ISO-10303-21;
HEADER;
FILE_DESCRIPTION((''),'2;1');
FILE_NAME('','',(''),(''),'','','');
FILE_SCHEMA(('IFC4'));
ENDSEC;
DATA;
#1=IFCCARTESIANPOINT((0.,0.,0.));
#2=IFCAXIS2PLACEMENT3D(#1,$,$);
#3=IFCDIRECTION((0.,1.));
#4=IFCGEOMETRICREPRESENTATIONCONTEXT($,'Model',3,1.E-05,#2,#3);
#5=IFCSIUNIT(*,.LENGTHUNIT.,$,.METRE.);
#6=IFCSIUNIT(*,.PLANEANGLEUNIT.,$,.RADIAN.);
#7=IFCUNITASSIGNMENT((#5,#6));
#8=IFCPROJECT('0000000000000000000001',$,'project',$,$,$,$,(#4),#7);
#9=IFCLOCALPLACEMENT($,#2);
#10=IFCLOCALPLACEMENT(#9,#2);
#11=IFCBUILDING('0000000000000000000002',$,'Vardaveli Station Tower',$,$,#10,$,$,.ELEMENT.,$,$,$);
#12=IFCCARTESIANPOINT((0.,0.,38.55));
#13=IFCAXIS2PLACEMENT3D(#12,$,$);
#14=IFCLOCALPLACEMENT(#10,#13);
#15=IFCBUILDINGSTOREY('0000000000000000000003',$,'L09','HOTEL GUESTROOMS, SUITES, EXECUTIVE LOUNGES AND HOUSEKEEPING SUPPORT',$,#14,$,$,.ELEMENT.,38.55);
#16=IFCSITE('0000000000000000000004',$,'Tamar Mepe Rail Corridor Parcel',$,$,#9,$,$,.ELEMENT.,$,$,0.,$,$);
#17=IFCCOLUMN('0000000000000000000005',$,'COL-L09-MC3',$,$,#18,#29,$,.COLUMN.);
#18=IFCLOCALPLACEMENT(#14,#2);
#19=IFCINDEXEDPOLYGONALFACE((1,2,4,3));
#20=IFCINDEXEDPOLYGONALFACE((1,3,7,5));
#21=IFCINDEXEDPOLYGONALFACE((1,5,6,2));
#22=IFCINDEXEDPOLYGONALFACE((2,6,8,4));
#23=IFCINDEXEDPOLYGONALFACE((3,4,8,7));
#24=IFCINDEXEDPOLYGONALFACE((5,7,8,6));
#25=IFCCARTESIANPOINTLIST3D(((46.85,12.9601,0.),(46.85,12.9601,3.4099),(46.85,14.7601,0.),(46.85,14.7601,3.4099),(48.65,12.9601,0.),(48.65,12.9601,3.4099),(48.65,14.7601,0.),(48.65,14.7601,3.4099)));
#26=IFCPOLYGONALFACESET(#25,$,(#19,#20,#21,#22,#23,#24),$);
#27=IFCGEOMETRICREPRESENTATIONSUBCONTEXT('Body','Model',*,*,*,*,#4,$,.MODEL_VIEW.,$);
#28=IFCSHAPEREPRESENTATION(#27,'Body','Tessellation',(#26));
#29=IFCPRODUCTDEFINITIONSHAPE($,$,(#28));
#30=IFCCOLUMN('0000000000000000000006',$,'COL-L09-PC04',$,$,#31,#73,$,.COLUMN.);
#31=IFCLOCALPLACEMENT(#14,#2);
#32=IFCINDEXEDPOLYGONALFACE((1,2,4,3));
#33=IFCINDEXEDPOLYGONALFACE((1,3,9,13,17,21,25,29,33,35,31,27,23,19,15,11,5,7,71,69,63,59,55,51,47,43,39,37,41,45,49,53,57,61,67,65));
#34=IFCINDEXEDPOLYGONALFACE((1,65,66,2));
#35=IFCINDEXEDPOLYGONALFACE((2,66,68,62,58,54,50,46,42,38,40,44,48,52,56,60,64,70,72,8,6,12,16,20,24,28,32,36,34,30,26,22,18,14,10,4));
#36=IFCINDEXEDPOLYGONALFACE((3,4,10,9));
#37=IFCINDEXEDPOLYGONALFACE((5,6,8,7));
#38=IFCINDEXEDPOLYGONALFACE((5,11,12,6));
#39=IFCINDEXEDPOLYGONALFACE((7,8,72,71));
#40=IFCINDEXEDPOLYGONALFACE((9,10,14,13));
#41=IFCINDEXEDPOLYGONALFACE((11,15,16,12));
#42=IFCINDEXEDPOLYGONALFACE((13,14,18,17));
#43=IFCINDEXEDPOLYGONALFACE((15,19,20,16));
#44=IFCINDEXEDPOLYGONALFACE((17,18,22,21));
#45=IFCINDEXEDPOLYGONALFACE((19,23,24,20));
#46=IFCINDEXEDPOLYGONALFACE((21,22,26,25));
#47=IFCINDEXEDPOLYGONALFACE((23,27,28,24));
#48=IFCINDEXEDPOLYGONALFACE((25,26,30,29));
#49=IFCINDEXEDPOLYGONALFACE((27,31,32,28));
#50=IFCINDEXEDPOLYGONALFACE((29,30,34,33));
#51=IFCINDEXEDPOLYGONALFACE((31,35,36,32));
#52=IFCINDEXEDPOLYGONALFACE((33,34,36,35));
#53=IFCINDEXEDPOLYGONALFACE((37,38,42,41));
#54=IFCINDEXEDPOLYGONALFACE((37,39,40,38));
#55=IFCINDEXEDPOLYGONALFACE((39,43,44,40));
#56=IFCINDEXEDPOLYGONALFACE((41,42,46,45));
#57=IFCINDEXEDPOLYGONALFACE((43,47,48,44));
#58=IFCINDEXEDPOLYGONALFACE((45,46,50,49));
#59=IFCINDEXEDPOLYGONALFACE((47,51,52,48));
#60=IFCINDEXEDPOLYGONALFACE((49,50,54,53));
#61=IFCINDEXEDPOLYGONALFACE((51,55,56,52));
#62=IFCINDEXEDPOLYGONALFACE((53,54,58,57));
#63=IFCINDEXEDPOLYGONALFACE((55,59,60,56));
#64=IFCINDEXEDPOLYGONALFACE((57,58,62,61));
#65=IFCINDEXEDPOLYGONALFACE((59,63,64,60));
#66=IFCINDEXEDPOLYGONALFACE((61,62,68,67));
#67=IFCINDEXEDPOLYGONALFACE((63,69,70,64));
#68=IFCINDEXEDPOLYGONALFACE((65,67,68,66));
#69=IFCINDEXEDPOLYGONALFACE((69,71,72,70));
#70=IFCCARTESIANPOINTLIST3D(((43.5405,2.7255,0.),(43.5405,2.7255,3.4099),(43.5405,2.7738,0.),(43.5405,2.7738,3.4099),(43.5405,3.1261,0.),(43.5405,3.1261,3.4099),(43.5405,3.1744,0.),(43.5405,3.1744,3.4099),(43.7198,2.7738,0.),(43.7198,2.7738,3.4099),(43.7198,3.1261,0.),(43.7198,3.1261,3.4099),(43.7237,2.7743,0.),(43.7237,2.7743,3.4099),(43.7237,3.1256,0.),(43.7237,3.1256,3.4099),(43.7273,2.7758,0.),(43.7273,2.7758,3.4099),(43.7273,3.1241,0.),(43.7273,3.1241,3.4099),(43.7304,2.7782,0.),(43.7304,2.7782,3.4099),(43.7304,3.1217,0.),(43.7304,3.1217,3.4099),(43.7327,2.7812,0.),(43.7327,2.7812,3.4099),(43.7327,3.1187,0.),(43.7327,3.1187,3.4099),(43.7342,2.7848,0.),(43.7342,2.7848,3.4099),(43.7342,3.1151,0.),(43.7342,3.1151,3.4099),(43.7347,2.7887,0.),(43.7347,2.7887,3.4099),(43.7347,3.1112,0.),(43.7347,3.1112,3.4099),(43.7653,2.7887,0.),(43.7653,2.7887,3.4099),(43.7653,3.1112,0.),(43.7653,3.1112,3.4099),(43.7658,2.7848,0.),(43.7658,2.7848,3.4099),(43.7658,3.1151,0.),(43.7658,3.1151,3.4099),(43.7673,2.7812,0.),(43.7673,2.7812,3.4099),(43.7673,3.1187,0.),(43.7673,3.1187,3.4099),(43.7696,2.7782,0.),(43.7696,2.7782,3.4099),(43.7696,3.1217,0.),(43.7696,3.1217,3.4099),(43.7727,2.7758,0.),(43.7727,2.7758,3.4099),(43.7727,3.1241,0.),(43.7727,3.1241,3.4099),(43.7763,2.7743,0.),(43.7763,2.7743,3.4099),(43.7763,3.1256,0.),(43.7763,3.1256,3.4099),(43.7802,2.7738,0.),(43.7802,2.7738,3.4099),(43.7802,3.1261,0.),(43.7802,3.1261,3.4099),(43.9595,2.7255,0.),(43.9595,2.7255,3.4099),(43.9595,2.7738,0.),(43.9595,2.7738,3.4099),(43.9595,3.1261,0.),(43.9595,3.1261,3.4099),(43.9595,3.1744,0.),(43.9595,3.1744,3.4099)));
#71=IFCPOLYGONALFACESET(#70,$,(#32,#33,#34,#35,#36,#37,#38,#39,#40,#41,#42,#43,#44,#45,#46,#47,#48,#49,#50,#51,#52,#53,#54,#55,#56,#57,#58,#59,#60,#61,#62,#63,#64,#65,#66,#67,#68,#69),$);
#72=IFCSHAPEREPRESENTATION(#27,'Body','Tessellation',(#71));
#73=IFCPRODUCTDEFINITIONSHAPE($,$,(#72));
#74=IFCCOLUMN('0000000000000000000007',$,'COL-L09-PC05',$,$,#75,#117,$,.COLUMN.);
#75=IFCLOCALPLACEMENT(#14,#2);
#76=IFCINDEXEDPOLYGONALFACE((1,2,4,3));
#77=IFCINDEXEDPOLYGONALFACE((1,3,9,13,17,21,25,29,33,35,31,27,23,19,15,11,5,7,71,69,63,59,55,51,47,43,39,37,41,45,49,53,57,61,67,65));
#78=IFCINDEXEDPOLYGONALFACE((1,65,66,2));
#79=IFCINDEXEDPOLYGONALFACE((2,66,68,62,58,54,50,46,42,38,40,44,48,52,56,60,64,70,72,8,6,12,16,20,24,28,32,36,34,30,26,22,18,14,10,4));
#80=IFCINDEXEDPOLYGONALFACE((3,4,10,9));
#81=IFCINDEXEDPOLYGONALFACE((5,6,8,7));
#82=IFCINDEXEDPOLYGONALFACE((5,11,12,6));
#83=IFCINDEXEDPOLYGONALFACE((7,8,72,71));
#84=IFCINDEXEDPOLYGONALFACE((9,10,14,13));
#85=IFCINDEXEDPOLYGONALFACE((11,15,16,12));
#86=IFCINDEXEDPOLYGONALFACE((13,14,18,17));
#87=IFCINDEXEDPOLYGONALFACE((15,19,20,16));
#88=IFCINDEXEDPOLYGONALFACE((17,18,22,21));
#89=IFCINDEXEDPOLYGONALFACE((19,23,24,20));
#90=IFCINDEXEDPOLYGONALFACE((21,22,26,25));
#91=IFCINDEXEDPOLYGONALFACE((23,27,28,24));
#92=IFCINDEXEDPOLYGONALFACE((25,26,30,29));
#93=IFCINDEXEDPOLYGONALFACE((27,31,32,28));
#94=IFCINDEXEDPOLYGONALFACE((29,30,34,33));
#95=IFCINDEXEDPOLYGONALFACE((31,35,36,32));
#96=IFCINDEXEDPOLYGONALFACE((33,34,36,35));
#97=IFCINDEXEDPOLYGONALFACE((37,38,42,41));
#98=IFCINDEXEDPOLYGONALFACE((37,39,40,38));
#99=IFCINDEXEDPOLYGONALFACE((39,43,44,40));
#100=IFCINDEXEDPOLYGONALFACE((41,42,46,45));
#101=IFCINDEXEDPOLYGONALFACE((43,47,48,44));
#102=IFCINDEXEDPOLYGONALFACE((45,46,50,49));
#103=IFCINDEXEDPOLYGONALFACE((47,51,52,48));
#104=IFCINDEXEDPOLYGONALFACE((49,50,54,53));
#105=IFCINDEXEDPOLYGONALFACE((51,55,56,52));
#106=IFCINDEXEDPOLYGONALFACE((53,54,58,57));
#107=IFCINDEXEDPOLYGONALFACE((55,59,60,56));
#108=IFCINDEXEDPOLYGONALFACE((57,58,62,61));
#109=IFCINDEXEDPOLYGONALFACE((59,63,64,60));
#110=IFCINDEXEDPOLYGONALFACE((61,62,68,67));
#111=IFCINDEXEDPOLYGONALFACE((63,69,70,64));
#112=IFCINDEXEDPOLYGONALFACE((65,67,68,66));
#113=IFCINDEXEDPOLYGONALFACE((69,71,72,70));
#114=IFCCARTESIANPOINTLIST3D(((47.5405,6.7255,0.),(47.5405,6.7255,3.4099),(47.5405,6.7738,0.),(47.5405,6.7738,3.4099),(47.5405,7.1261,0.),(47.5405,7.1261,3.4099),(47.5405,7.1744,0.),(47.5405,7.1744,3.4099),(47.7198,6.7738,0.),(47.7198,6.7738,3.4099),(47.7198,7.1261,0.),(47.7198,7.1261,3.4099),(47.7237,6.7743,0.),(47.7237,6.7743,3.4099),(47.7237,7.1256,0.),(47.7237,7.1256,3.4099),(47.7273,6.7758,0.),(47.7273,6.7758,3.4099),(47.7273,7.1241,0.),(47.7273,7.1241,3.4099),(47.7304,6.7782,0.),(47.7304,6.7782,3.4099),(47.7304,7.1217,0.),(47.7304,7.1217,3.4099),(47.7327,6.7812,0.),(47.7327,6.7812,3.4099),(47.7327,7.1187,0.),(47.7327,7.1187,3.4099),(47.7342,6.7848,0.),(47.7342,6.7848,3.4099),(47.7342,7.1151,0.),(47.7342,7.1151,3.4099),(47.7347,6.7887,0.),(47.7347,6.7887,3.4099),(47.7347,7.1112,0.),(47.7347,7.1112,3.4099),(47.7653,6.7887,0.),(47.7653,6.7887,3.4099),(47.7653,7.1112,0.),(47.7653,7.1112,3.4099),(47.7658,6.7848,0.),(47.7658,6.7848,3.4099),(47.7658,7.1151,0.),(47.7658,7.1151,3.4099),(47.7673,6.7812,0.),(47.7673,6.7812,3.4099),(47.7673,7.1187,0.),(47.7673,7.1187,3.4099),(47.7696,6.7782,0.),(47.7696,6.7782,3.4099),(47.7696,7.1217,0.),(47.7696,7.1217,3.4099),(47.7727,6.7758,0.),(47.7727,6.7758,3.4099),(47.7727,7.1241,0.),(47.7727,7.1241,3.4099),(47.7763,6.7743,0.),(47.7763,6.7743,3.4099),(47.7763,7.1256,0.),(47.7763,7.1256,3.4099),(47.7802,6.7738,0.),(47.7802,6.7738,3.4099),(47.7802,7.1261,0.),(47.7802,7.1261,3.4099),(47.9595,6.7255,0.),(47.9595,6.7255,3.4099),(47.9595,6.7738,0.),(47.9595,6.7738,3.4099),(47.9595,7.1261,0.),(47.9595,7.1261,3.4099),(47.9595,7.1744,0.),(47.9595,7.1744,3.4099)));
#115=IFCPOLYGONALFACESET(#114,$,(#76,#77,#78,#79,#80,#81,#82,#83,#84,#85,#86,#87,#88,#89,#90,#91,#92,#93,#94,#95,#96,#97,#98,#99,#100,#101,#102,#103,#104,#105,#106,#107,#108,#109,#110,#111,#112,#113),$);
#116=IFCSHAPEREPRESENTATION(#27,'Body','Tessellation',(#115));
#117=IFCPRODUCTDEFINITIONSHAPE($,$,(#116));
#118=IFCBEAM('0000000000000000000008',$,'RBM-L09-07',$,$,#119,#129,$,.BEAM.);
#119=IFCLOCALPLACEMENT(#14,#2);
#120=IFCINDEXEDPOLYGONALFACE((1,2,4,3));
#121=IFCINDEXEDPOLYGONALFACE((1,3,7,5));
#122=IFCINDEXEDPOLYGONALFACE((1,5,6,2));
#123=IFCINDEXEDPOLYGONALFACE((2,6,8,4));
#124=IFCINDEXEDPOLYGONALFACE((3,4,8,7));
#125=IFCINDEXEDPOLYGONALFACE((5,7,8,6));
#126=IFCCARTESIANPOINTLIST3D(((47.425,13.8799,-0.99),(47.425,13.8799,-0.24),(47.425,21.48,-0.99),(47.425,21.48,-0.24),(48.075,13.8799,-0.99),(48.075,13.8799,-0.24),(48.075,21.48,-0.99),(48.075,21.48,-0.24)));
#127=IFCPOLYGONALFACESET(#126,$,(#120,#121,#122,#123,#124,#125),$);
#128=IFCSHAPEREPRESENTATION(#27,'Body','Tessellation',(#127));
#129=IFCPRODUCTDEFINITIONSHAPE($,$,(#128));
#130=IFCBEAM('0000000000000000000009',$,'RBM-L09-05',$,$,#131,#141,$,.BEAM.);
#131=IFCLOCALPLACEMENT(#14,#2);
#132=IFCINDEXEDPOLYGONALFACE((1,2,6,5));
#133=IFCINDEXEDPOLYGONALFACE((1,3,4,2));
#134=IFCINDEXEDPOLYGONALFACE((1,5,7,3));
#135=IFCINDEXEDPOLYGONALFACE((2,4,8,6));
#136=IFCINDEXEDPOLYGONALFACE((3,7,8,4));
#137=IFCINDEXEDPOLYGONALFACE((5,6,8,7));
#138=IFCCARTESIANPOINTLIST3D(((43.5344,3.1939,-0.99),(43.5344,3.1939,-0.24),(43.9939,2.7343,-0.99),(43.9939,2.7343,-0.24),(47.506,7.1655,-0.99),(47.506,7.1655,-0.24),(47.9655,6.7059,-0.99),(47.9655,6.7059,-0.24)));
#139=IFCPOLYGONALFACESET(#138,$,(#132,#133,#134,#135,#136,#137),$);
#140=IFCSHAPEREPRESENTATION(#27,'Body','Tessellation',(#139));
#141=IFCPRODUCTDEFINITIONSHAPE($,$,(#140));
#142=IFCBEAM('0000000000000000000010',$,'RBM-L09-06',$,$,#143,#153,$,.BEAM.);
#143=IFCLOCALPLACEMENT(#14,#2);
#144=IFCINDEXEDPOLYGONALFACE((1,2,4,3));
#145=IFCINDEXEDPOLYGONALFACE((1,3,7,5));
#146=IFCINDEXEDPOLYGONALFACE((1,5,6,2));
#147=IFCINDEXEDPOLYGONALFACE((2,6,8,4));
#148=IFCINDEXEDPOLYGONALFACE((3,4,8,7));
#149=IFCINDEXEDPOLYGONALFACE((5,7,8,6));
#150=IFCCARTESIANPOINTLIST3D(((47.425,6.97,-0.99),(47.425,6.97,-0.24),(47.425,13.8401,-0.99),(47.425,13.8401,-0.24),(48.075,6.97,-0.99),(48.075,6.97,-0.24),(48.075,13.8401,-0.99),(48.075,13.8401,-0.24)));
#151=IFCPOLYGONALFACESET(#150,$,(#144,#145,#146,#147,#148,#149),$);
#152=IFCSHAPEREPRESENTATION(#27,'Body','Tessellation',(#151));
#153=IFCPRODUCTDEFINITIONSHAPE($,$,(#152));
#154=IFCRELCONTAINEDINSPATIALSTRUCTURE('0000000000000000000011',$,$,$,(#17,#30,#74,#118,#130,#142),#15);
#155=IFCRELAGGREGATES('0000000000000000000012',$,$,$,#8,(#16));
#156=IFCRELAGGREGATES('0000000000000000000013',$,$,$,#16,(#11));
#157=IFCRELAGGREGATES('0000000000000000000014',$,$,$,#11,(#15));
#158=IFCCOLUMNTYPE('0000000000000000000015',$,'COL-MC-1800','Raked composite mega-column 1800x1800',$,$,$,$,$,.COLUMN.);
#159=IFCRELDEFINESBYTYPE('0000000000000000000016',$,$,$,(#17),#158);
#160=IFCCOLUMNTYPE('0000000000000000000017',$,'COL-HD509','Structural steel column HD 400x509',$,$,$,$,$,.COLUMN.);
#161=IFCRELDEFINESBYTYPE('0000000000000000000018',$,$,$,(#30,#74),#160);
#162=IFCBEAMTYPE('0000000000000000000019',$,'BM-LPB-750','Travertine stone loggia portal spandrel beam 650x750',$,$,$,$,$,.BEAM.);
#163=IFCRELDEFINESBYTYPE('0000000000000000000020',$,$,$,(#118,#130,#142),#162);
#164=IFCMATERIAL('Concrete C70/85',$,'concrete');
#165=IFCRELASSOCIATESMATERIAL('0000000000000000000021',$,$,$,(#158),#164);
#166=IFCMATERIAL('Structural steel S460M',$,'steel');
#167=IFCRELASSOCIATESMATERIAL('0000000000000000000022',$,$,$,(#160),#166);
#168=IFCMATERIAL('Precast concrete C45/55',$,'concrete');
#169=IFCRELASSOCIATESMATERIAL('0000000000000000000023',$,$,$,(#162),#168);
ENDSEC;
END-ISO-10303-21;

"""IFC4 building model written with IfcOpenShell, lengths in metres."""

from ifc_helpers import new_model, si_unit, direction, frame, origin, origin_2d, place, context, subcontext, project, spatial, rectangle, i_section, extrude, source, transform, mapped, material, material_profile, profile_set, type_object, element, save


model = new_model("IFC4")

# Units and contexts
model_context = context("Model", 3, precision=1e-05, world=origin(), true_north=direction((0.0, 1.0)))
body_context = subcontext(model_context, "Body", "Model", "MODEL_VIEW")
ifc_project = project(units=[si_unit("LENGTHUNIT", "METRE"), si_unit("PLANEANGLEUNIT", "RADIAN")], contexts=[model_context])

# Site, building, storey
site_placement = place(None, origin())
site = spatial("IfcSite", under=ifc_project, at=site_placement, Name="Tamar Mepe Rail Corridor Parcel", CompositionType="ELEMENT", RefElevation=0.0)
building_placement = place(site_placement, origin())
building = spatial("IfcBuilding", under=site, at=building_placement, Name="Vardaveli Station Tower", CompositionType="ELEMENT")
storey_placement = place(building_placement, frame((0.0, 0.0, 38.55)))
storey = spatial("IfcBuildingStorey", under=building, at=storey_placement, Name="L09", Description="HOTEL GUESTROOMS, SUITES, EXECUTIVE LOUNGES AND HOUSEKEEPING SUPPORT", CompositionType="ELEMENT", Elevation=38.55)

# Columns
ifc_material_1 = material(Name="Concrete C70/85", Category="concrete")
ifc_material_profile_1 = material_profile(ifc_material_1, rectangle(XDim=1.8, YDim=1.8, at=origin_2d()), Name="MC 1800x1800")
ifc_profile_set_1 = profile_set([ifc_material_profile_1], Name="Concrete C70/85")
column_type_1 = type_object("IfcColumnType", Name="COL-MC-1800", Description="Raked composite mega-column 1800x1800", PredefinedType="COLUMN", material=ifc_profile_set_1)
shared_shape_1 = source(origin(), body_context, "Body", "SweptSolid", [
    extrude(rectangle(XDim=1.8, YDim=1.8, at=origin_2d()), origin(), (0.0, 0.0, 1.0), 3.4099),
])
column_placement = place(storey_placement, frame((47.75, 13.8601, 0.0), z_axis=(0.0, 0.0, 1.0), x_axis=(1.0, 0.0, 0.0)))
element("IfcColumn", 1, at=column_placement, inside=storey, type_object=column_type_1, Name="COL-L09-MC3", PredefinedType="COLUMN", context=body_context, shape_type="MappedRepresentation", body=[
    mapped(shared_shape_1, transform((0.0, 0.0, 0.0), scale=1.0)),
])
ifc_material_2 = material(Name="Structural steel S460M", Category="steel")
ifc_material_profile_2 = material_profile(ifc_material_2, i_section(OverallWidth=0.4189, OverallDepth=0.449, WebThickness=0.0305, FlangeThickness=0.0483, FilletRadius=0.0149, at=origin_2d()), Name="HD 400x509")
ifc_profile_set_2 = profile_set([ifc_material_profile_2], Name="Structural steel S460M")
column_type_2 = type_object("IfcColumnType", Name="COL-HD509", Description="Structural steel column HD 400x509", PredefinedType="COLUMN", material=ifc_profile_set_2)
shared_shape_2 = source(origin(), body_context, "Body", "SweptSolid", [
    extrude(i_section(OverallWidth=0.4189, OverallDepth=0.449, WebThickness=0.0305, FlangeThickness=0.0483, FilletRadius=0.0149, at=origin_2d()), origin(), (0.0, 0.0, 1.0), 3.4099),
])
for number, where, z_axis, x_axis, name in (
    (2, (43.75, 2.95, 0.0), (0.0, 0.0, 1.0), (1.0, 0.0, 0.0), "COL-L09-PC04"),
    (3, (47.75, 6.95, 0.0), (0.0, 0.0, 1.0), (1.0, 0.0, 0.0), "COL-L09-PC05"),
):
    element("IfcColumn", number, at=place(storey_placement, frame(where, z_axis=z_axis, x_axis=x_axis)), inside=storey, type_object=column_type_2, Name=name, PredefinedType="COLUMN", context=body_context, shape_type="MappedRepresentation", body=[
        mapped(shared_shape_2, transform((0.0, 0.0, 0.0), scale=1.0)),
    ])

# Beams
ifc_material_3 = material(Name="Precast concrete C45/55", Category="concrete")
ifc_material_profile_3 = material_profile(ifc_material_3, rectangle(XDim=0.6499, YDim=0.75, at=origin_2d()), Name="LPB 650x750")
ifc_profile_set_3 = profile_set([ifc_material_profile_3], Name="Precast concrete C45/55")
beam_type_1 = type_object("IfcBeamType", Name="BM-LPB-750", Description="Travertine stone loggia portal spandrel beam 650x750", PredefinedType="BEAM", material=ifc_profile_set_3)
shared_shape_3 = source(origin(), body_context, "Body", "SweptSolid", [
    extrude(rectangle(XDim=0.6499, YDim=0.75, at=origin_2d()), origin(), (0.0, 0.0, 1.0), 7.6001),
])
beam_1_placement = place(storey_placement, frame((47.75, 13.8799, -0.615), z_axis=(0.0, 1.0, 0.0), x_axis=(-1.0, 0.0, 0.0)))
element("IfcBeam", 4, at=beam_1_placement, inside=storey, type_object=beam_type_1, Name="RBM-L09-07", PredefinedType="BEAM", context=body_context, shape_type="MappedRepresentation", body=[
    mapped(shared_shape_3, transform((0.0, 0.0, 0.0), scale=1.0)),
])
shared_shape_4 = source(origin(), body_context, "Body", "SweptSolid", [
    extrude(rectangle(XDim=0.6499, YDim=0.75, at=origin_2d()), origin(), (0.0, 0.0, 1.0), 5.6167),
])
beam_2_placement = place(storey_placement, frame((43.7642, 2.9641, -0.615), z_axis=(0.707107, 0.707107, 0.0), x_axis=(-0.707107, 0.707107, 0.0)))
element("IfcBeam", 5, at=beam_2_placement, inside=storey, type_object=beam_type_1, Name="RBM-L09-05", PredefinedType="BEAM", context=body_context, shape_type="MappedRepresentation", body=[
    mapped(shared_shape_4, transform((0.0, 0.0, 0.0), scale=1.0)),
])
shared_shape_5 = source(origin(), body_context, "Body", "SweptSolid", [
    extrude(rectangle(XDim=0.6499, YDim=0.75, at=origin_2d()), origin(), (0.0, 0.0, 1.0), 6.8701),
])
beam_3_placement = place(storey_placement, frame((47.75, 6.97, -0.615), z_axis=(0.0, 1.0, 0.0), x_axis=(-1.0, 0.0, 0.0)))
element("IfcBeam", 6, at=beam_3_placement, inside=storey, type_object=beam_type_1, Name="RBM-L09-06", PredefinedType="BEAM", context=body_context, shape_type="MappedRepresentation", body=[
    mapped(shared_shape_5, transform((0.0, 0.0, 0.0), scale=1.0)),
])

save(model, "model.ifc")
